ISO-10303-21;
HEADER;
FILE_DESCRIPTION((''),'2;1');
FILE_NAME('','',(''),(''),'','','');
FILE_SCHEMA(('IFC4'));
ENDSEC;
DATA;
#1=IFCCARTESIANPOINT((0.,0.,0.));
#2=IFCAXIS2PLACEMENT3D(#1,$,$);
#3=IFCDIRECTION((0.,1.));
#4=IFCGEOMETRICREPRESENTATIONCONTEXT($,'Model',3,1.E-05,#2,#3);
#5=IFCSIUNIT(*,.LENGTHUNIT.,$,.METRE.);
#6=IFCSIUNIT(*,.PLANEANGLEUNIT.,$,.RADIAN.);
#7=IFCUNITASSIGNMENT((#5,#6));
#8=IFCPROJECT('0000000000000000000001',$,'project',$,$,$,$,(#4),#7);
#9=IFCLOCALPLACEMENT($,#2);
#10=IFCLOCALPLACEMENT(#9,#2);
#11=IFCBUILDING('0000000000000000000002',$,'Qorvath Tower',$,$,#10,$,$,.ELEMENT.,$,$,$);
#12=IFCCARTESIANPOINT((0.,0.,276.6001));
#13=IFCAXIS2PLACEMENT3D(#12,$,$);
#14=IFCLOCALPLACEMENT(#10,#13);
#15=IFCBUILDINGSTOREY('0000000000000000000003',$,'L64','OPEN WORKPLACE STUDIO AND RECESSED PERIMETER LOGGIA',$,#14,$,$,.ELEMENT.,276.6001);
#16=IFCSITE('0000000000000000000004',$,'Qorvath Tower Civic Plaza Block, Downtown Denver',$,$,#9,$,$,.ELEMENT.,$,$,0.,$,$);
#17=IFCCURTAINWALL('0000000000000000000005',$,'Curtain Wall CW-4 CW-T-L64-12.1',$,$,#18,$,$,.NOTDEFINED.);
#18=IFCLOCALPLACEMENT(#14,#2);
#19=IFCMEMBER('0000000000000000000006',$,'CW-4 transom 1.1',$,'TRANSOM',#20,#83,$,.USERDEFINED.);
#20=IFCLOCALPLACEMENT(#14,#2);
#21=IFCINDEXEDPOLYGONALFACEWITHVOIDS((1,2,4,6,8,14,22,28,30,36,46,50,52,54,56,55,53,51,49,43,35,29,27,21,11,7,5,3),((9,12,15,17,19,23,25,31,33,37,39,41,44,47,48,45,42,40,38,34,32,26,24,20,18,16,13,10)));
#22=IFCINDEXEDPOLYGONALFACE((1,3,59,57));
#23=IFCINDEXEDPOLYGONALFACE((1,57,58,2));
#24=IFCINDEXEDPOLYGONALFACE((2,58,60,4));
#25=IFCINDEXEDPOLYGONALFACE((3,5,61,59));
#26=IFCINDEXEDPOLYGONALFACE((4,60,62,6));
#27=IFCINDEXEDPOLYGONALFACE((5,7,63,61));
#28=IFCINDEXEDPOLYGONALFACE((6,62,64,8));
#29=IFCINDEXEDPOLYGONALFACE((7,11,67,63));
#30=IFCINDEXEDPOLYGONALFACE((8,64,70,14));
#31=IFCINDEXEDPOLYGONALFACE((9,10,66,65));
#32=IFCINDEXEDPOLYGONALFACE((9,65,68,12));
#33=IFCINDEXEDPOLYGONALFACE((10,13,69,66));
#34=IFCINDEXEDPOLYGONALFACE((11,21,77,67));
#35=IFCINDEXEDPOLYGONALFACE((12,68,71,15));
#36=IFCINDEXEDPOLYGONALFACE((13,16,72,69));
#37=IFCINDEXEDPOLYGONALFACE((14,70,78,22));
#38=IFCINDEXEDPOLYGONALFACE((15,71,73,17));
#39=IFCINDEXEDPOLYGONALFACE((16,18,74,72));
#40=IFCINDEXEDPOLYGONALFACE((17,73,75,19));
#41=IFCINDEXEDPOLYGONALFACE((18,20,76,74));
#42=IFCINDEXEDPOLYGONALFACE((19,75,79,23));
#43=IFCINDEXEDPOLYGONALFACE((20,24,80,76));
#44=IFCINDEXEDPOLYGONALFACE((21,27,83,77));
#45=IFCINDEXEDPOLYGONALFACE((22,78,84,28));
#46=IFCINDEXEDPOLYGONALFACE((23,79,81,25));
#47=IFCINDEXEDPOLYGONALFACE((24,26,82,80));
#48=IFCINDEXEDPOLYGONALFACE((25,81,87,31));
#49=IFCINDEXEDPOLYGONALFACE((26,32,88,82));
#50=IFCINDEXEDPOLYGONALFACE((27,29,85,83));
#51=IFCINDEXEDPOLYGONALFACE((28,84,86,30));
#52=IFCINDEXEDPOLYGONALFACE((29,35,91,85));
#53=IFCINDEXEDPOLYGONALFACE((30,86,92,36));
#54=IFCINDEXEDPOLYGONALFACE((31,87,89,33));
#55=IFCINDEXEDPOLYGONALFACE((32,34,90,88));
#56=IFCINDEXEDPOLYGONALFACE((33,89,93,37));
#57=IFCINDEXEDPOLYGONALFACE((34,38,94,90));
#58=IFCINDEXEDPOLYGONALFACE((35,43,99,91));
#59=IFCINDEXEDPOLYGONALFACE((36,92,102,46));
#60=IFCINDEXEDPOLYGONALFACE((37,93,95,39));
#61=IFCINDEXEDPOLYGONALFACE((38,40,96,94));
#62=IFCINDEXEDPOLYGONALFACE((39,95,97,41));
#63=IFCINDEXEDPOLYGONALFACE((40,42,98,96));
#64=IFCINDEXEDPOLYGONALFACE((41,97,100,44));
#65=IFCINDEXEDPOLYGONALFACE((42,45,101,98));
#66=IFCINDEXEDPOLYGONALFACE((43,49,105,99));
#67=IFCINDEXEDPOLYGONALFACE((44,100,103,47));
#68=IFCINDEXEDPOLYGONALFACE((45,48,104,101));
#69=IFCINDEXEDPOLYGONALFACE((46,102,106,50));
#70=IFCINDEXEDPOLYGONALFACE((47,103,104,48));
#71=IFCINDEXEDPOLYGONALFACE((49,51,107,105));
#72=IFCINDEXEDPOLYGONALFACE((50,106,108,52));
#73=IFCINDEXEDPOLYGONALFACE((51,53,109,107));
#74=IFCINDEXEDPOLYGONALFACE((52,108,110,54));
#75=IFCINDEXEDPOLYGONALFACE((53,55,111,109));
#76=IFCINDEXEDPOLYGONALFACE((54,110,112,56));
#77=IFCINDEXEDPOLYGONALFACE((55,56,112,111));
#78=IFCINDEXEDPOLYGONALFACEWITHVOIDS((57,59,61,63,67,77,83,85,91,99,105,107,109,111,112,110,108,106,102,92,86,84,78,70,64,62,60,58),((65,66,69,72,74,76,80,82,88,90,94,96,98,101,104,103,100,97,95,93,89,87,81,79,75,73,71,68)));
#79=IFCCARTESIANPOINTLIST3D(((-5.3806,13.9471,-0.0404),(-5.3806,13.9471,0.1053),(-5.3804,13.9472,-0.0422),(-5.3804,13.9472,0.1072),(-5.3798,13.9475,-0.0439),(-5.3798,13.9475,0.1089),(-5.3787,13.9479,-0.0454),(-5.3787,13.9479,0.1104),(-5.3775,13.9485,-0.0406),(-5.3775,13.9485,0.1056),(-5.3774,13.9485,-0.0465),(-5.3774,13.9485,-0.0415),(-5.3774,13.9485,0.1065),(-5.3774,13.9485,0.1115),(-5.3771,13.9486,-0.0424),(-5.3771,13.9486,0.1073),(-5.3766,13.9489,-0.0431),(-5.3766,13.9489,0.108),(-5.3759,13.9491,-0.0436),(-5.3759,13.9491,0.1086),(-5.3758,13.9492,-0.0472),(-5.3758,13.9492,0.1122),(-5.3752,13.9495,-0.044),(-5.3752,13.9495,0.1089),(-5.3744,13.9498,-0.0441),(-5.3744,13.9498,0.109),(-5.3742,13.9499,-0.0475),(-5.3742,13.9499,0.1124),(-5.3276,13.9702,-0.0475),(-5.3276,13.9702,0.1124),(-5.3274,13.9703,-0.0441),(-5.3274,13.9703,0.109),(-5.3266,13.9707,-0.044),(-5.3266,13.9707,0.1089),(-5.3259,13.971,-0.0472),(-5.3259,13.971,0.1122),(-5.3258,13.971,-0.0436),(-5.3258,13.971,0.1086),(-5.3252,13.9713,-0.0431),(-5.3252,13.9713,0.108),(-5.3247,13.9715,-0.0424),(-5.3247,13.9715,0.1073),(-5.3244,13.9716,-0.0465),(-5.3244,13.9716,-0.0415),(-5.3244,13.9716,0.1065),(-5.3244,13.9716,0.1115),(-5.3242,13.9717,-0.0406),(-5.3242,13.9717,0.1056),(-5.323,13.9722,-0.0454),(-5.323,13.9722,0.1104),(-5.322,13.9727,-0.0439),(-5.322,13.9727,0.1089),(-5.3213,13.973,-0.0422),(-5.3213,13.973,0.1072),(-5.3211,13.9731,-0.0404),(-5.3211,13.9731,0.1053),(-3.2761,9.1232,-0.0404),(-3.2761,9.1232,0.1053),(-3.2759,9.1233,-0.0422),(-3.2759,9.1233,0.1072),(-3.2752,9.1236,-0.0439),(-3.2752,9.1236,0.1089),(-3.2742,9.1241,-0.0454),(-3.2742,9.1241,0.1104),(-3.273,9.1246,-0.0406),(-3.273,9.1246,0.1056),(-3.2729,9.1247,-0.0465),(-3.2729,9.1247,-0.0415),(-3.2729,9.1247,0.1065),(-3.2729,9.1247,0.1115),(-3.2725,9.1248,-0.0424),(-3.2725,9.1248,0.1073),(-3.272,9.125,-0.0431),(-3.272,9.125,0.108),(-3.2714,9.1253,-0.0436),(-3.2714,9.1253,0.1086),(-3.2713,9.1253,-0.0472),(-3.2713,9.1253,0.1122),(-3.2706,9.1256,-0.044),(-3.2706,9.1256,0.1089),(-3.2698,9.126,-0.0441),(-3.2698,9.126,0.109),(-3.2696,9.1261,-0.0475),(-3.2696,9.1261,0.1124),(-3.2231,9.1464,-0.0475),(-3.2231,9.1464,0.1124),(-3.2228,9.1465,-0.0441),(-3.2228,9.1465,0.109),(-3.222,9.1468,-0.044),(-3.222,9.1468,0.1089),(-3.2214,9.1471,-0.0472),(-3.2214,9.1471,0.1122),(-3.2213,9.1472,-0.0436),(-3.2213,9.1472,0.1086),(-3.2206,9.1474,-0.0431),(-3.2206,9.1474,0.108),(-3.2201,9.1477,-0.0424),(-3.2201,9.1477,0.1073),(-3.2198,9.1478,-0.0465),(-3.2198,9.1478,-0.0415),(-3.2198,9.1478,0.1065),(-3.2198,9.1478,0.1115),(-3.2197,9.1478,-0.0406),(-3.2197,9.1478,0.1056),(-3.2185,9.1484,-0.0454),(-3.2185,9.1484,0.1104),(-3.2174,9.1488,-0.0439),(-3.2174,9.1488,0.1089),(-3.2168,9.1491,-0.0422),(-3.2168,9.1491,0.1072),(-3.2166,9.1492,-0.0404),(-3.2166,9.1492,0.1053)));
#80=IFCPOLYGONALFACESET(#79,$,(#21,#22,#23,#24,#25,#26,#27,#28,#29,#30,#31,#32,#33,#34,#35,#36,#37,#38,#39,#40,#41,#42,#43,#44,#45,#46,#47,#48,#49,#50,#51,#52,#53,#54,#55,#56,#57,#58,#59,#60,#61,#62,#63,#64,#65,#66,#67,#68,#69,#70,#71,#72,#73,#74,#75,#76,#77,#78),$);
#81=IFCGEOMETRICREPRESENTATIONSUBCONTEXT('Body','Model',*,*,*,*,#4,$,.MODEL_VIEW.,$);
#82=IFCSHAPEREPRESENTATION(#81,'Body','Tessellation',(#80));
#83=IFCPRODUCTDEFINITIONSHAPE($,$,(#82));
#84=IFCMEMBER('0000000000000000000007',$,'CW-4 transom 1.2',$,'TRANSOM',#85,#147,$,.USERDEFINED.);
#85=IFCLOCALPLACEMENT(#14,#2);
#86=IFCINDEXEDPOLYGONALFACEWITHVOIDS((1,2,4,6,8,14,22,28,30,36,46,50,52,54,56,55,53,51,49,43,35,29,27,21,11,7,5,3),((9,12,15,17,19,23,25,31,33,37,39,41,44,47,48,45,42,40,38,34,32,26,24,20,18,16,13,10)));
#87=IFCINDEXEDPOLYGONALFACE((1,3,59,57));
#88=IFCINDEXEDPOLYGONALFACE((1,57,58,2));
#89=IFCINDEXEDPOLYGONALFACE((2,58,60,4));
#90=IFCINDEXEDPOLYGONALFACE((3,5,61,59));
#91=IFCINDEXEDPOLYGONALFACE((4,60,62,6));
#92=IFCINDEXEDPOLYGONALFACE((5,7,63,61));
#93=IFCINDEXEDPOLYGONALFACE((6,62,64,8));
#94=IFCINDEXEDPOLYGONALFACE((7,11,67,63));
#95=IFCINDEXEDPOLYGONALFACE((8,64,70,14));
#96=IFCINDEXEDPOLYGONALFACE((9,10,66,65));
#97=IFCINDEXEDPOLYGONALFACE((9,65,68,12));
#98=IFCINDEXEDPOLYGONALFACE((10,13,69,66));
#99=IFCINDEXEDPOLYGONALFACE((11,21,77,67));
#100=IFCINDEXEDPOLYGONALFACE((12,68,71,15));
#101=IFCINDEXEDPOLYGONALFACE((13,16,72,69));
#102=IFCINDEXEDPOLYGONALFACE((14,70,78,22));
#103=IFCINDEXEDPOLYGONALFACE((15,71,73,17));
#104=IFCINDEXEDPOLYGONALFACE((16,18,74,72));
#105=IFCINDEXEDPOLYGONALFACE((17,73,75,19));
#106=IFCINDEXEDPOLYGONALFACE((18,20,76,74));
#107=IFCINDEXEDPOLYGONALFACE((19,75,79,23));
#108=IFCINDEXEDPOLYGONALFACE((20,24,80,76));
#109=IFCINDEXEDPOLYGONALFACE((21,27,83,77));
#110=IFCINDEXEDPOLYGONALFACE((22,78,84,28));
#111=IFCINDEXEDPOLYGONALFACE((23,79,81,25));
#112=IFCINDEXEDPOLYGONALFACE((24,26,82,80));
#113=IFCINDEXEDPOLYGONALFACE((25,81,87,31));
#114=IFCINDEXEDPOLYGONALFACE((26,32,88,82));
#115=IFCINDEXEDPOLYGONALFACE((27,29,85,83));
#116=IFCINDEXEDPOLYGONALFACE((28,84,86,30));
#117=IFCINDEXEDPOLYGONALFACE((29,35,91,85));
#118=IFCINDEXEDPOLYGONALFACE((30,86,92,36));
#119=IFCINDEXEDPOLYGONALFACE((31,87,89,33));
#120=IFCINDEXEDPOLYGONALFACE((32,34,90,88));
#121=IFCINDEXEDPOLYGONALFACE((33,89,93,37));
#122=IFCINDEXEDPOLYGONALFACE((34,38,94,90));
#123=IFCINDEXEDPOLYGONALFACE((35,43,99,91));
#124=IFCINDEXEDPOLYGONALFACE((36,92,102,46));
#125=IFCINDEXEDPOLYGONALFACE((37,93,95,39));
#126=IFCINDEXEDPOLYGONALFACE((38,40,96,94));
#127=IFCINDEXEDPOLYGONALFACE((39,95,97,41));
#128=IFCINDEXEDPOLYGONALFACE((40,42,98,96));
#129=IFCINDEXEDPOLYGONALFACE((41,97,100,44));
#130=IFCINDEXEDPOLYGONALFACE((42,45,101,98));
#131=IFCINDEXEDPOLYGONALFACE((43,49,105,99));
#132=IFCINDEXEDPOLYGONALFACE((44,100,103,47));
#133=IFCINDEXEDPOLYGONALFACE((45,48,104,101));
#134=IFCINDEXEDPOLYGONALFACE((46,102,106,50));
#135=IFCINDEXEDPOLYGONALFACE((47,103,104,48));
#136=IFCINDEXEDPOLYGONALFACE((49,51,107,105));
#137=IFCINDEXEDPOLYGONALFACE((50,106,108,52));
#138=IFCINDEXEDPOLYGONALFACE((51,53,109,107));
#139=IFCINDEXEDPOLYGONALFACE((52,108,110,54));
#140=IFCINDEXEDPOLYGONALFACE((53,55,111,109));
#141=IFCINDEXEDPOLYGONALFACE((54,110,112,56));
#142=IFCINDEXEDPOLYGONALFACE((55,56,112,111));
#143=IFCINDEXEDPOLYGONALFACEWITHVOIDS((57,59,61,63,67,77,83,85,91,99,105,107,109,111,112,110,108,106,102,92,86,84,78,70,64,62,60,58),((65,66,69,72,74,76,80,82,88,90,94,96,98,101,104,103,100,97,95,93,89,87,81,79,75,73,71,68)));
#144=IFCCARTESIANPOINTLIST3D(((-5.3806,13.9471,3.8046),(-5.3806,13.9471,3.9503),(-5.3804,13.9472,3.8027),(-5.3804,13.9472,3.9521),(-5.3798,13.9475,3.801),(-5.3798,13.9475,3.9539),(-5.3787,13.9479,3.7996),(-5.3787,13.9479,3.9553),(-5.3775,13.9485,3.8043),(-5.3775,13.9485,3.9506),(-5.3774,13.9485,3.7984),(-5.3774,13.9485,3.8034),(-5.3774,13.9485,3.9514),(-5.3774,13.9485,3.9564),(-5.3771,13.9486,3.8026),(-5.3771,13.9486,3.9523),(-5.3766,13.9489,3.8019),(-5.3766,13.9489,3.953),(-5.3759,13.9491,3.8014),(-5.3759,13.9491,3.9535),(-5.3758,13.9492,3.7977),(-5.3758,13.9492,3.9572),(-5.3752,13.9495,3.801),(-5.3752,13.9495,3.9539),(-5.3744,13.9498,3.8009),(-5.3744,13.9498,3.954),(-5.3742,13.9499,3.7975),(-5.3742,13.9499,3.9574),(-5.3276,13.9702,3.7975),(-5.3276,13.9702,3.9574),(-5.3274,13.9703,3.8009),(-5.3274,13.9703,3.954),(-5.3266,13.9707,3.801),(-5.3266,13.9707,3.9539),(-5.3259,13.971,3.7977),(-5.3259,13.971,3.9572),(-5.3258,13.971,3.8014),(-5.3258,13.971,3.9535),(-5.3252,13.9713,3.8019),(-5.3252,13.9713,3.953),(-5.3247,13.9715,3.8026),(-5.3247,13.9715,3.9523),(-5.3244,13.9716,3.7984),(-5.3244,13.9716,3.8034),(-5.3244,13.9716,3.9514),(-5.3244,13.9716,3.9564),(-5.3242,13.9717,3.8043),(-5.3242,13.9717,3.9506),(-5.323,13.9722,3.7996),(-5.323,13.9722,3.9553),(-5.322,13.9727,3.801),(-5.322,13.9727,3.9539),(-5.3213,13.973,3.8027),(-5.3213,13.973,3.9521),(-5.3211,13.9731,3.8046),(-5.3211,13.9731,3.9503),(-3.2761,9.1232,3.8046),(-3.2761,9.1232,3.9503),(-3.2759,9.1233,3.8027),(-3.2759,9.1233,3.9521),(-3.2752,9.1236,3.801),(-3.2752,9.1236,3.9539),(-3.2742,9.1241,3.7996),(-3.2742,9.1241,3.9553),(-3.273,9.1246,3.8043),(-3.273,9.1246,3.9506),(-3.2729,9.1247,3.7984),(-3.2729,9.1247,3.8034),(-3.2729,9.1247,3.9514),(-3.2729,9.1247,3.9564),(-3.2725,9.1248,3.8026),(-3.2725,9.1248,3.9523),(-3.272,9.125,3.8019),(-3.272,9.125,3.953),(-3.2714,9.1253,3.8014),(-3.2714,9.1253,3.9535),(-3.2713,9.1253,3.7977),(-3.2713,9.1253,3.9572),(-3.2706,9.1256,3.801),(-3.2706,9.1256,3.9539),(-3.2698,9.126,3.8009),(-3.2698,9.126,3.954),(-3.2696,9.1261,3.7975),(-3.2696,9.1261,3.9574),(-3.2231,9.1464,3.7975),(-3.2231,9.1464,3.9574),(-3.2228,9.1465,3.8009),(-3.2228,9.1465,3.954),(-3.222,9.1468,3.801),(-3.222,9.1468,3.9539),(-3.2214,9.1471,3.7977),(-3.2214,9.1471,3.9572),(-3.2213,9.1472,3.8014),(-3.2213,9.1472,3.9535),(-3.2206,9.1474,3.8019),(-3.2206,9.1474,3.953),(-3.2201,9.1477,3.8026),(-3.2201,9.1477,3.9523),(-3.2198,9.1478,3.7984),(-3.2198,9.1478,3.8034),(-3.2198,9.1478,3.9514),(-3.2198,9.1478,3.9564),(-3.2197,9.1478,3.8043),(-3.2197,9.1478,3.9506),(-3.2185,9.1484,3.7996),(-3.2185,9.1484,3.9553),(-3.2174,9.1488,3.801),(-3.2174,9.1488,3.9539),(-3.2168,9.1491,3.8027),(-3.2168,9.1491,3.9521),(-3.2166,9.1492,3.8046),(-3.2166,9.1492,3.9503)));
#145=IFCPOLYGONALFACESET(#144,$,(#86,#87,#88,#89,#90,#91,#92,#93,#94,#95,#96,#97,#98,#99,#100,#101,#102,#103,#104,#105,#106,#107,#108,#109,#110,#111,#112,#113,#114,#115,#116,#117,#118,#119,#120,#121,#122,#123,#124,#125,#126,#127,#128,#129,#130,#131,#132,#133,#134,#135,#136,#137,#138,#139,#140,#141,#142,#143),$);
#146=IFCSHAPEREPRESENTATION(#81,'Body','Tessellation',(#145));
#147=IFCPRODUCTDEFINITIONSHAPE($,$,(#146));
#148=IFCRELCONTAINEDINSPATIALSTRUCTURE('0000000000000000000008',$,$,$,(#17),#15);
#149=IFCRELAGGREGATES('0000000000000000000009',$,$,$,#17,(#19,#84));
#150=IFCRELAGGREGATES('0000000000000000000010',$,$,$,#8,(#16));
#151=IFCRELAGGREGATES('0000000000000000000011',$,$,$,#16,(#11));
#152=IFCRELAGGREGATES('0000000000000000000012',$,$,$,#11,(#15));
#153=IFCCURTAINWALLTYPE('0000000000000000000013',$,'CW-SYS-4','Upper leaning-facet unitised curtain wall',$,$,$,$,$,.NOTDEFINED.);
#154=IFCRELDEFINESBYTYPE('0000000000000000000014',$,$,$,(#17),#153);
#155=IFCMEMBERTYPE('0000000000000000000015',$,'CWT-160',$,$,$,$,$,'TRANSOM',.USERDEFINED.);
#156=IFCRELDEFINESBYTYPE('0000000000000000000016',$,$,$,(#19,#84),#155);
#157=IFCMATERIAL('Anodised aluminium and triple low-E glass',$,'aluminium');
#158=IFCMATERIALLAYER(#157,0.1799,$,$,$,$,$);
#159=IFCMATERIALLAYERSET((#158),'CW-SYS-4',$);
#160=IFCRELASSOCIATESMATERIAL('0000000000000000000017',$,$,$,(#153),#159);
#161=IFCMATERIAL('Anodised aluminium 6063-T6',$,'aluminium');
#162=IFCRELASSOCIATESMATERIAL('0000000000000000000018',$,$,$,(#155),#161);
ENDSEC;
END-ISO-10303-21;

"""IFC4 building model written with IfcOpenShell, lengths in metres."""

from ifc_helpers import new_model, si_unit, direction, frame, origin, origin_2d, place, context, subcontext, project, spatial, hollow_rectangle, extrude, material, layer, layer_set, material_profile, profile_set, type_object, element, aggregate, save


model = new_model("IFC4")

# Units and contexts
model_context = context("Model", 3, precision=1e-05, world=origin(), true_north=direction((0.0, 1.0)))
body_context = subcontext(model_context, "Body", "Model", "MODEL_VIEW")
ifc_project = project(units=[si_unit("LENGTHUNIT", "METRE"), si_unit("PLANEANGLEUNIT", "RADIAN")], contexts=[model_context])

# Site, building, storey
site_placement = place(None, origin())
site = spatial("IfcSite", under=ifc_project, at=site_placement, Name="Qorvath Tower Civic Plaza Block, Downtown Denver", CompositionType="ELEMENT", RefElevation=0.0)
building_placement = place(site_placement, origin())
building = spatial("IfcBuilding", under=site, at=building_placement, Name="Qorvath Tower", CompositionType="ELEMENT")
storey_placement = place(building_placement, frame((0.0, 0.0, 276.6001)))
storey = spatial("IfcBuildingStorey", under=building, at=storey_placement, Name="L64", Description="OPEN WORKPLACE STUDIO AND RECESSED PERIMETER LOGGIA", CompositionType="ELEMENT", Elevation=276.6001)

# Shared definitions
ifc_material_1 = material(Name="Anodised aluminium and triple low-E glass", Category="aluminium")
ifc_layer_1 = layer(ifc_material_1, 0.1799)
ifc_layer_set_1 = layer_set([ifc_layer_1], Name="CW-SYS-4")
curtain_wall_type = type_object("IfcCurtainWallType", Name="CW-SYS-4", Description="Upper leaning-facet unitised curtain wall", PredefinedType="NOTDEFINED", material=ifc_layer_set_1)

# Curtain wall
curtain_wall_1_placement = place(storey_placement, origin())
curtain_wall_1 = element("IfcCurtainWall", 1, at=curtain_wall_1_placement, inside=storey, type_object=curtain_wall_type, Name="Curtain Wall CW-4 CW-T-L64-12.1", PredefinedType="NOTDEFINED")

# Members
ifc_material_2 = material(Name="Anodised aluminium 6063-T6", Category="aluminium")
ifc_material_profile_1 = material_profile(ifc_material_2, hollow_rectangle(XDim=0.0649, YDim=0.1599, WallThickness=0.0034, InnerFilletRadius=0.0034, OuterFilletRadius=0.0071, at=origin_2d()), Name="CWT 160x65")
ifc_profile_set_1 = profile_set([ifc_material_profile_1], Name="Anodised aluminium 6063-T6")
member_type_1 = type_object("IfcMemberType", Name="CWT-160", ElementType="TRANSOM", PredefinedType="USERDEFINED", material=ifc_profile_set_1)
member_1_placement = place(storey_placement, frame((-3.2463, 9.1362, 0.0325), z_axis=(-0.399879, 0.916568, 0.0), x_axis=(-0.916568, -0.399879, 0.0)))
member_1 = element("IfcMember", 2, at=member_1_placement, type_object=member_type_1, Name="CW-4 transom 1.1", ObjectType="TRANSOM", PredefinedType="USERDEFINED", context=body_context, shape_type="SweptSolid", body=[
    extrude(hollow_rectangle(XDim=0.0649, YDim=0.1599, WallThickness=0.0034, InnerFilletRadius=0.0034, OuterFilletRadius=0.0071, at=origin_2d()), origin(), (0.0, 0.0, 1.0), 5.2629),
])
member_2_placement = place(storey_placement, frame((-3.2463, 9.1362, 3.8774), z_axis=(-0.399879, 0.916568, 0.0), x_axis=(-0.916568, -0.399879, 0.0)))
member_2 = element("IfcMember", 3, at=member_2_placement, type_object=member_type_1, Name="CW-4 transom 1.2", ObjectType="TRANSOM", PredefinedType="USERDEFINED", context=body_context, shape_type="SweptSolid", body=[
    extrude(hollow_rectangle(XDim=0.0649, YDim=0.1599, WallThickness=0.0034, InnerFilletRadius=0.0034, OuterFilletRadius=0.0071, at=origin_2d()), origin(), (0.0, 0.0, 1.0), 5.2629),
])

aggregate(curtain_wall_1, [member_1, member_2])

save(model, "model.ifc")
